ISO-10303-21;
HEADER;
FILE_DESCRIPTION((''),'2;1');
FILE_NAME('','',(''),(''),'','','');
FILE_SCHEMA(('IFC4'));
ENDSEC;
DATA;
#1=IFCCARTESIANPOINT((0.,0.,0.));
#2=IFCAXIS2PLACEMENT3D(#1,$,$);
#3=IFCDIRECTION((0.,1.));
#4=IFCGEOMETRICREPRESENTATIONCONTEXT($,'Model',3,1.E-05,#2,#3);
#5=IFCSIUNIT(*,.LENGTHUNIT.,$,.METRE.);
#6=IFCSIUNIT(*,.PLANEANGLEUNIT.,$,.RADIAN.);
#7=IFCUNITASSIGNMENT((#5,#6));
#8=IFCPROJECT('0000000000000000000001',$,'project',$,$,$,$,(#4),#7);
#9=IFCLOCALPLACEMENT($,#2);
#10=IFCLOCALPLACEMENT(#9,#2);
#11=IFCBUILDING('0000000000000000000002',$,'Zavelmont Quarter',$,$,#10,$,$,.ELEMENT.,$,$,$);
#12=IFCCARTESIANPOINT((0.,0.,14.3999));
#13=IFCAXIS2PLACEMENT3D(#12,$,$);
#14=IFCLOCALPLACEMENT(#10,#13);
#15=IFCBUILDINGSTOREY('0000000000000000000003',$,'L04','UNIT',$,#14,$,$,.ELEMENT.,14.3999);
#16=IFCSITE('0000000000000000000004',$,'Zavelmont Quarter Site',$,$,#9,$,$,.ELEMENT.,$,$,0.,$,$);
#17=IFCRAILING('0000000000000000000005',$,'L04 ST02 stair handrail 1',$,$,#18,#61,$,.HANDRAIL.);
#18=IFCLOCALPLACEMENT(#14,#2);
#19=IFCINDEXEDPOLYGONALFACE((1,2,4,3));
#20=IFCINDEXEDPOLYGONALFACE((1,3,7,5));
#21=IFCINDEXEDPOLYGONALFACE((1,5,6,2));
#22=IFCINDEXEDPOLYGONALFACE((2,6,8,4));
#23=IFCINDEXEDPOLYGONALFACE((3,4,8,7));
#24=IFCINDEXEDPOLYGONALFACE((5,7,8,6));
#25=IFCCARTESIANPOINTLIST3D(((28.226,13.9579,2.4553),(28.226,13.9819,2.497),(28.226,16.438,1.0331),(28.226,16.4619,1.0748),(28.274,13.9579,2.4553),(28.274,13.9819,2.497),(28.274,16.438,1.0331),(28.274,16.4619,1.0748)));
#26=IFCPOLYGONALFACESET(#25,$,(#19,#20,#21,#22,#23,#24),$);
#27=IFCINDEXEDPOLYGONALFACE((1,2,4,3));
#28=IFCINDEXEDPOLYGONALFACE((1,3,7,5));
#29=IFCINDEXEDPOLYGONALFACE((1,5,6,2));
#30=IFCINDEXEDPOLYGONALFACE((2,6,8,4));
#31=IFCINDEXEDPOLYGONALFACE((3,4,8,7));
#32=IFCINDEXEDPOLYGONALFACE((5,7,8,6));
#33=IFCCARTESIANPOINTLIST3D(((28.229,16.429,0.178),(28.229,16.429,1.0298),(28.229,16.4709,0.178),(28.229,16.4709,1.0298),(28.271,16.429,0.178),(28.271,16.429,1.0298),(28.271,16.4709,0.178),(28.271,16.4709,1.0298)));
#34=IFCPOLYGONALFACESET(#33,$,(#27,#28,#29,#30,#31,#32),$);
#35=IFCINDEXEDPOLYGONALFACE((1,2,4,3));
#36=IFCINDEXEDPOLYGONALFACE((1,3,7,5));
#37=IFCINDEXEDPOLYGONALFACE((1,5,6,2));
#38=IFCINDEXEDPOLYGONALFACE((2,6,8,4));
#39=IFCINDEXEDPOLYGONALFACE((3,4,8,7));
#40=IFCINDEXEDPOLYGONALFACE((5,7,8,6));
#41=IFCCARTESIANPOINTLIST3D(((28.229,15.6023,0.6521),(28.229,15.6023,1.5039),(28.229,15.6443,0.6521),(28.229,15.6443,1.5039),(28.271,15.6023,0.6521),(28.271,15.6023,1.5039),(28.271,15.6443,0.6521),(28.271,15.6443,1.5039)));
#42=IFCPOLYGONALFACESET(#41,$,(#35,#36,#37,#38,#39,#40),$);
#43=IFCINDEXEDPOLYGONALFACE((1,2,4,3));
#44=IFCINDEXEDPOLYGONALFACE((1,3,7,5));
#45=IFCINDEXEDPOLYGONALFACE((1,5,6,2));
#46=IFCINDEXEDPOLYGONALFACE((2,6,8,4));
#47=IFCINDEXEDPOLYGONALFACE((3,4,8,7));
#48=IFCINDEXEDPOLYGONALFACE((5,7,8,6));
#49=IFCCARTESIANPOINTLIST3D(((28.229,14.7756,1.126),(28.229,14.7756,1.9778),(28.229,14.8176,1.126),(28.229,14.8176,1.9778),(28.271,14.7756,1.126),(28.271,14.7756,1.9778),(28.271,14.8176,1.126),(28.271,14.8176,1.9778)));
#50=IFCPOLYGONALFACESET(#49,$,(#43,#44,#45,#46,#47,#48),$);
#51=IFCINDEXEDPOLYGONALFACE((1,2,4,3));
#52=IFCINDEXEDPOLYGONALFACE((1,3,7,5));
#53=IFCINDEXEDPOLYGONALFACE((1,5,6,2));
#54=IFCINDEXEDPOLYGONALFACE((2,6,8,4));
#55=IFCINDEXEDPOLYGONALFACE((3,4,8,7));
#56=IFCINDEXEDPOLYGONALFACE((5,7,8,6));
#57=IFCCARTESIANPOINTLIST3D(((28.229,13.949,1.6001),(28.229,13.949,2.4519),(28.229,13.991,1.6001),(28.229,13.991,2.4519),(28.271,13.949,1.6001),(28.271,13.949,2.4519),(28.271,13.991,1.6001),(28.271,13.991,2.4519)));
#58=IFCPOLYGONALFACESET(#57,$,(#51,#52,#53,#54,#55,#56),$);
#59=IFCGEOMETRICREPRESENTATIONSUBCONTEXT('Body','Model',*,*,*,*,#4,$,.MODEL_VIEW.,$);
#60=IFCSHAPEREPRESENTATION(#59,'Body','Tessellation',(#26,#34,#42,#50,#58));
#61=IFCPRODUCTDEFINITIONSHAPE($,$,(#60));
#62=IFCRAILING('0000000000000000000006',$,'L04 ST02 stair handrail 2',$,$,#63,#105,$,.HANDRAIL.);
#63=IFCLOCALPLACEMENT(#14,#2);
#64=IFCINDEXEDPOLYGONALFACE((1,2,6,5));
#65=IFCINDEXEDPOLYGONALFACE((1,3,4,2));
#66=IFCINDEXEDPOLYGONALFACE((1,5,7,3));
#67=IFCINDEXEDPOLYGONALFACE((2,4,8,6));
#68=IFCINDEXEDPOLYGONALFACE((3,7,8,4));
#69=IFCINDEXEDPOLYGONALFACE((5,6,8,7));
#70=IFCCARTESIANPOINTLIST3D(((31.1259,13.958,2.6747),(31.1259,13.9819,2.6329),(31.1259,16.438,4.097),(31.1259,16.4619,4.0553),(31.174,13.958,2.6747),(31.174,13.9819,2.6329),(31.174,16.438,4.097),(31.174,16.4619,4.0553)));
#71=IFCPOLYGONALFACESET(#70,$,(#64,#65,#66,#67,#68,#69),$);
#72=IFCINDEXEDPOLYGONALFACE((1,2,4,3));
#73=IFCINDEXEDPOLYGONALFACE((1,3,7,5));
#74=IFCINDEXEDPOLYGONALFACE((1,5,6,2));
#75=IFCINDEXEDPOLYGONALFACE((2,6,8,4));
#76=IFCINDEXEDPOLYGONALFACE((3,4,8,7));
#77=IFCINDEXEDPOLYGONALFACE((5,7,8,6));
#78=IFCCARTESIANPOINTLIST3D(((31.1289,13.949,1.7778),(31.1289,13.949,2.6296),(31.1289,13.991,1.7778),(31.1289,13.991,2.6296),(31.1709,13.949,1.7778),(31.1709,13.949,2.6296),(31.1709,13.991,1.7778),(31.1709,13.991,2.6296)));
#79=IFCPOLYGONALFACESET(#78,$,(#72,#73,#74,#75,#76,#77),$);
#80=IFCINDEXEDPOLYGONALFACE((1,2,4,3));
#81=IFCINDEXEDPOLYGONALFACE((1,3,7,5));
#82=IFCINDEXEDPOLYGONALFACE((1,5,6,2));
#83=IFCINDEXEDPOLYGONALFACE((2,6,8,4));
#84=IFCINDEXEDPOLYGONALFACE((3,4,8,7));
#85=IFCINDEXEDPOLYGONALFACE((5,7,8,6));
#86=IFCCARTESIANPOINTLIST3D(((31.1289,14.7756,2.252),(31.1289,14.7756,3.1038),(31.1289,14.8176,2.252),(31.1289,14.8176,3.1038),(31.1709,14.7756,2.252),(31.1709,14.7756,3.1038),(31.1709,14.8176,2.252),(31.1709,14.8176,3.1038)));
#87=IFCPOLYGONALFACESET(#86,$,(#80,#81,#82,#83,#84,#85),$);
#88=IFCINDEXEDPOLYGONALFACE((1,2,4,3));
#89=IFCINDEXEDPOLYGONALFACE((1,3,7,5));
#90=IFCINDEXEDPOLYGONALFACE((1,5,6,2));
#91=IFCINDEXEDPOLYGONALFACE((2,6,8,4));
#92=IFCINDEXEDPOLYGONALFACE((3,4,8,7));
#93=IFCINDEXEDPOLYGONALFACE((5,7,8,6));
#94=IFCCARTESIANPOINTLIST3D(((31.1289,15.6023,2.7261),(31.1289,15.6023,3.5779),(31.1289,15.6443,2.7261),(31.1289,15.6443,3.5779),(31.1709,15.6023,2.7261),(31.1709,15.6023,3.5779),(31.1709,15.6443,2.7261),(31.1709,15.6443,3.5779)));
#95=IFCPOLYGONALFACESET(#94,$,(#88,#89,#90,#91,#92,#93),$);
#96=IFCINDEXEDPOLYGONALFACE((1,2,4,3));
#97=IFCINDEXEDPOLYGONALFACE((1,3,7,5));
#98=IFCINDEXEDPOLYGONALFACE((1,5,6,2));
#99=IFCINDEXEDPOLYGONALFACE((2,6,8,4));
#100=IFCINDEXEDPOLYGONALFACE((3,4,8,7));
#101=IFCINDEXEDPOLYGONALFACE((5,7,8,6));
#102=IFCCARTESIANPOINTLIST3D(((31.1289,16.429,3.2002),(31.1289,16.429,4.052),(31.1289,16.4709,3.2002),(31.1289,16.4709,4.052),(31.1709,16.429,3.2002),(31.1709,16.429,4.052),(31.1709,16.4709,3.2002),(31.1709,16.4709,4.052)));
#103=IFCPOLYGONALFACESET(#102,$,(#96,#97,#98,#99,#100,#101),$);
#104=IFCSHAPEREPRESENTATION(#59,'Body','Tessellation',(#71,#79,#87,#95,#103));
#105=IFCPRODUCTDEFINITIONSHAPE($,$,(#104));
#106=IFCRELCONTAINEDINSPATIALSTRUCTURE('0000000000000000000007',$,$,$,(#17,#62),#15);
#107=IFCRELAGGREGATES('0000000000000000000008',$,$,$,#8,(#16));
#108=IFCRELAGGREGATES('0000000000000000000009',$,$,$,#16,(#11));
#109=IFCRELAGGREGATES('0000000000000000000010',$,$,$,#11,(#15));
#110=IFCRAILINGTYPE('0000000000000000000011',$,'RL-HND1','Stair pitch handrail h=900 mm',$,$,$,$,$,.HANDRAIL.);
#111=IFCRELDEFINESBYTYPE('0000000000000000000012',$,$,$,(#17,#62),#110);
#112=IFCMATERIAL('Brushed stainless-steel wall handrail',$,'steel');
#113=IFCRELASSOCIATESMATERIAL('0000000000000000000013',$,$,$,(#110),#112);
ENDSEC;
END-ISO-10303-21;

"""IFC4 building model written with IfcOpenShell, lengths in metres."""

from ifc_helpers import new_model, si_unit, direction, frame, origin, origin_2d, place, context, subcontext, project, spatial, rectangle, extrude, material, type_object, element, save


model = new_model("IFC4")

# Units and contexts
model_context = context("Model", 3, precision=1e-05, world=origin(), true_north=direction((0.0, 1.0)))
body_context = subcontext(model_context, "Body", "Model", "MODEL_VIEW")
ifc_project = project(units=[si_unit("LENGTHUNIT", "METRE"), si_unit("PLANEANGLEUNIT", "RADIAN")], contexts=[model_context])

# Site, building, storey
site_placement = place(None, origin())
site = spatial("IfcSite", under=ifc_project, at=site_placement, Name="Zavelmont Quarter Site", CompositionType="ELEMENT", RefElevation=0.0)
building_placement = place(site_placement, origin())
building = spatial("IfcBuilding", under=site, at=building_placement, Name="Zavelmont Quarter", CompositionType="ELEMENT")
storey_placement = place(building_placement, frame((0.0, 0.0, 14.3999)))
storey = spatial("IfcBuildingStorey", under=building, at=storey_placement, Name="L04", Description="UNIT", CompositionType="ELEMENT", Elevation=14.3999)

# Railings
ifc_material_1 = material(Name="Brushed stainless-steel wall handrail", Category="steel")
railing_type_1 = type_object("IfcRailingType", Name="RL-HND1", Description="Stair pitch handrail h=900 mm", PredefinedType="HANDRAIL", material=ifc_material_1)
railing_1_placement = place(storey_placement, frame((28.25, 16.45, 0.178)))
element("IfcRailing", 1, at=railing_1_placement, inside=storey, type_object=railing_type_1, Name="L04 ST02 stair handrail 1", PredefinedType="HANDRAIL", context=body_context, shape_type="SweptSolid", body=[
    extrude(rectangle(XDim=0.0481, YDim=0.0481, at=origin_2d()), frame((0.0, 0.0, 0.876), z_axis=(0.0, -0.867491, 0.497454), x_axis=(1.0, 0.0, 0.0)), (0.0, 0.0, 1.0), 2.8589),
    extrude(rectangle(XDim=0.042, YDim=0.042, at=origin_2d()), origin(), (0.0, 0.0, 1.0), 0.8518),
    extrude(rectangle(XDim=0.042, YDim=0.042, at=origin_2d()), frame((0.0, -0.8267, 0.4741)), (0.0, 0.0, 1.0), 0.8518),
    extrude(rectangle(XDim=0.042, YDim=0.042, at=origin_2d()), frame((0.0, -1.6533, 0.948)), (0.0, 0.0, 1.0), 0.8518),
    extrude(rectangle(XDim=0.042, YDim=0.042, at=origin_2d()), frame((0.0, -2.48, 1.4221)), (0.0, 0.0, 1.0), 0.8518),
])
railing_2_placement = place(storey_placement, frame((31.1499, 13.97, 1.7778)))
element("IfcRailing", 2, at=railing_2_placement, inside=storey, type_object=railing_type_1, Name="L04 ST02 stair handrail 2", PredefinedType="HANDRAIL", context=body_context, shape_type="SweptSolid", body=[
    extrude(rectangle(XDim=0.0481, YDim=0.0481, at=origin_2d()), frame((0.0, 0.0, 0.876), z_axis=(0.0, 0.867454, 0.497518), x_axis=(-1.0, 0.0, 0.0)), (0.0, 0.0, 1.0), 2.8589),
    extrude(rectangle(XDim=0.042, YDim=0.042, at=origin_2d()), origin(), (0.0, 0.0, 1.0), 0.8518),
    extrude(rectangle(XDim=0.042, YDim=0.042, at=origin_2d()), frame((0.0, 0.8267, 0.4741)), (0.0, 0.0, 1.0), 0.8518),
    extrude(rectangle(XDim=0.042, YDim=0.042, at=origin_2d()), frame((0.0, 1.6533, 0.9482)), (0.0, 0.0, 1.0), 0.8518),
    extrude(rectangle(XDim=0.042, YDim=0.042, at=origin_2d()), frame((0.0, 2.48, 1.4224)), (0.0, 0.0, 1.0), 0.8518),
])

save(model, "model.ifc")
